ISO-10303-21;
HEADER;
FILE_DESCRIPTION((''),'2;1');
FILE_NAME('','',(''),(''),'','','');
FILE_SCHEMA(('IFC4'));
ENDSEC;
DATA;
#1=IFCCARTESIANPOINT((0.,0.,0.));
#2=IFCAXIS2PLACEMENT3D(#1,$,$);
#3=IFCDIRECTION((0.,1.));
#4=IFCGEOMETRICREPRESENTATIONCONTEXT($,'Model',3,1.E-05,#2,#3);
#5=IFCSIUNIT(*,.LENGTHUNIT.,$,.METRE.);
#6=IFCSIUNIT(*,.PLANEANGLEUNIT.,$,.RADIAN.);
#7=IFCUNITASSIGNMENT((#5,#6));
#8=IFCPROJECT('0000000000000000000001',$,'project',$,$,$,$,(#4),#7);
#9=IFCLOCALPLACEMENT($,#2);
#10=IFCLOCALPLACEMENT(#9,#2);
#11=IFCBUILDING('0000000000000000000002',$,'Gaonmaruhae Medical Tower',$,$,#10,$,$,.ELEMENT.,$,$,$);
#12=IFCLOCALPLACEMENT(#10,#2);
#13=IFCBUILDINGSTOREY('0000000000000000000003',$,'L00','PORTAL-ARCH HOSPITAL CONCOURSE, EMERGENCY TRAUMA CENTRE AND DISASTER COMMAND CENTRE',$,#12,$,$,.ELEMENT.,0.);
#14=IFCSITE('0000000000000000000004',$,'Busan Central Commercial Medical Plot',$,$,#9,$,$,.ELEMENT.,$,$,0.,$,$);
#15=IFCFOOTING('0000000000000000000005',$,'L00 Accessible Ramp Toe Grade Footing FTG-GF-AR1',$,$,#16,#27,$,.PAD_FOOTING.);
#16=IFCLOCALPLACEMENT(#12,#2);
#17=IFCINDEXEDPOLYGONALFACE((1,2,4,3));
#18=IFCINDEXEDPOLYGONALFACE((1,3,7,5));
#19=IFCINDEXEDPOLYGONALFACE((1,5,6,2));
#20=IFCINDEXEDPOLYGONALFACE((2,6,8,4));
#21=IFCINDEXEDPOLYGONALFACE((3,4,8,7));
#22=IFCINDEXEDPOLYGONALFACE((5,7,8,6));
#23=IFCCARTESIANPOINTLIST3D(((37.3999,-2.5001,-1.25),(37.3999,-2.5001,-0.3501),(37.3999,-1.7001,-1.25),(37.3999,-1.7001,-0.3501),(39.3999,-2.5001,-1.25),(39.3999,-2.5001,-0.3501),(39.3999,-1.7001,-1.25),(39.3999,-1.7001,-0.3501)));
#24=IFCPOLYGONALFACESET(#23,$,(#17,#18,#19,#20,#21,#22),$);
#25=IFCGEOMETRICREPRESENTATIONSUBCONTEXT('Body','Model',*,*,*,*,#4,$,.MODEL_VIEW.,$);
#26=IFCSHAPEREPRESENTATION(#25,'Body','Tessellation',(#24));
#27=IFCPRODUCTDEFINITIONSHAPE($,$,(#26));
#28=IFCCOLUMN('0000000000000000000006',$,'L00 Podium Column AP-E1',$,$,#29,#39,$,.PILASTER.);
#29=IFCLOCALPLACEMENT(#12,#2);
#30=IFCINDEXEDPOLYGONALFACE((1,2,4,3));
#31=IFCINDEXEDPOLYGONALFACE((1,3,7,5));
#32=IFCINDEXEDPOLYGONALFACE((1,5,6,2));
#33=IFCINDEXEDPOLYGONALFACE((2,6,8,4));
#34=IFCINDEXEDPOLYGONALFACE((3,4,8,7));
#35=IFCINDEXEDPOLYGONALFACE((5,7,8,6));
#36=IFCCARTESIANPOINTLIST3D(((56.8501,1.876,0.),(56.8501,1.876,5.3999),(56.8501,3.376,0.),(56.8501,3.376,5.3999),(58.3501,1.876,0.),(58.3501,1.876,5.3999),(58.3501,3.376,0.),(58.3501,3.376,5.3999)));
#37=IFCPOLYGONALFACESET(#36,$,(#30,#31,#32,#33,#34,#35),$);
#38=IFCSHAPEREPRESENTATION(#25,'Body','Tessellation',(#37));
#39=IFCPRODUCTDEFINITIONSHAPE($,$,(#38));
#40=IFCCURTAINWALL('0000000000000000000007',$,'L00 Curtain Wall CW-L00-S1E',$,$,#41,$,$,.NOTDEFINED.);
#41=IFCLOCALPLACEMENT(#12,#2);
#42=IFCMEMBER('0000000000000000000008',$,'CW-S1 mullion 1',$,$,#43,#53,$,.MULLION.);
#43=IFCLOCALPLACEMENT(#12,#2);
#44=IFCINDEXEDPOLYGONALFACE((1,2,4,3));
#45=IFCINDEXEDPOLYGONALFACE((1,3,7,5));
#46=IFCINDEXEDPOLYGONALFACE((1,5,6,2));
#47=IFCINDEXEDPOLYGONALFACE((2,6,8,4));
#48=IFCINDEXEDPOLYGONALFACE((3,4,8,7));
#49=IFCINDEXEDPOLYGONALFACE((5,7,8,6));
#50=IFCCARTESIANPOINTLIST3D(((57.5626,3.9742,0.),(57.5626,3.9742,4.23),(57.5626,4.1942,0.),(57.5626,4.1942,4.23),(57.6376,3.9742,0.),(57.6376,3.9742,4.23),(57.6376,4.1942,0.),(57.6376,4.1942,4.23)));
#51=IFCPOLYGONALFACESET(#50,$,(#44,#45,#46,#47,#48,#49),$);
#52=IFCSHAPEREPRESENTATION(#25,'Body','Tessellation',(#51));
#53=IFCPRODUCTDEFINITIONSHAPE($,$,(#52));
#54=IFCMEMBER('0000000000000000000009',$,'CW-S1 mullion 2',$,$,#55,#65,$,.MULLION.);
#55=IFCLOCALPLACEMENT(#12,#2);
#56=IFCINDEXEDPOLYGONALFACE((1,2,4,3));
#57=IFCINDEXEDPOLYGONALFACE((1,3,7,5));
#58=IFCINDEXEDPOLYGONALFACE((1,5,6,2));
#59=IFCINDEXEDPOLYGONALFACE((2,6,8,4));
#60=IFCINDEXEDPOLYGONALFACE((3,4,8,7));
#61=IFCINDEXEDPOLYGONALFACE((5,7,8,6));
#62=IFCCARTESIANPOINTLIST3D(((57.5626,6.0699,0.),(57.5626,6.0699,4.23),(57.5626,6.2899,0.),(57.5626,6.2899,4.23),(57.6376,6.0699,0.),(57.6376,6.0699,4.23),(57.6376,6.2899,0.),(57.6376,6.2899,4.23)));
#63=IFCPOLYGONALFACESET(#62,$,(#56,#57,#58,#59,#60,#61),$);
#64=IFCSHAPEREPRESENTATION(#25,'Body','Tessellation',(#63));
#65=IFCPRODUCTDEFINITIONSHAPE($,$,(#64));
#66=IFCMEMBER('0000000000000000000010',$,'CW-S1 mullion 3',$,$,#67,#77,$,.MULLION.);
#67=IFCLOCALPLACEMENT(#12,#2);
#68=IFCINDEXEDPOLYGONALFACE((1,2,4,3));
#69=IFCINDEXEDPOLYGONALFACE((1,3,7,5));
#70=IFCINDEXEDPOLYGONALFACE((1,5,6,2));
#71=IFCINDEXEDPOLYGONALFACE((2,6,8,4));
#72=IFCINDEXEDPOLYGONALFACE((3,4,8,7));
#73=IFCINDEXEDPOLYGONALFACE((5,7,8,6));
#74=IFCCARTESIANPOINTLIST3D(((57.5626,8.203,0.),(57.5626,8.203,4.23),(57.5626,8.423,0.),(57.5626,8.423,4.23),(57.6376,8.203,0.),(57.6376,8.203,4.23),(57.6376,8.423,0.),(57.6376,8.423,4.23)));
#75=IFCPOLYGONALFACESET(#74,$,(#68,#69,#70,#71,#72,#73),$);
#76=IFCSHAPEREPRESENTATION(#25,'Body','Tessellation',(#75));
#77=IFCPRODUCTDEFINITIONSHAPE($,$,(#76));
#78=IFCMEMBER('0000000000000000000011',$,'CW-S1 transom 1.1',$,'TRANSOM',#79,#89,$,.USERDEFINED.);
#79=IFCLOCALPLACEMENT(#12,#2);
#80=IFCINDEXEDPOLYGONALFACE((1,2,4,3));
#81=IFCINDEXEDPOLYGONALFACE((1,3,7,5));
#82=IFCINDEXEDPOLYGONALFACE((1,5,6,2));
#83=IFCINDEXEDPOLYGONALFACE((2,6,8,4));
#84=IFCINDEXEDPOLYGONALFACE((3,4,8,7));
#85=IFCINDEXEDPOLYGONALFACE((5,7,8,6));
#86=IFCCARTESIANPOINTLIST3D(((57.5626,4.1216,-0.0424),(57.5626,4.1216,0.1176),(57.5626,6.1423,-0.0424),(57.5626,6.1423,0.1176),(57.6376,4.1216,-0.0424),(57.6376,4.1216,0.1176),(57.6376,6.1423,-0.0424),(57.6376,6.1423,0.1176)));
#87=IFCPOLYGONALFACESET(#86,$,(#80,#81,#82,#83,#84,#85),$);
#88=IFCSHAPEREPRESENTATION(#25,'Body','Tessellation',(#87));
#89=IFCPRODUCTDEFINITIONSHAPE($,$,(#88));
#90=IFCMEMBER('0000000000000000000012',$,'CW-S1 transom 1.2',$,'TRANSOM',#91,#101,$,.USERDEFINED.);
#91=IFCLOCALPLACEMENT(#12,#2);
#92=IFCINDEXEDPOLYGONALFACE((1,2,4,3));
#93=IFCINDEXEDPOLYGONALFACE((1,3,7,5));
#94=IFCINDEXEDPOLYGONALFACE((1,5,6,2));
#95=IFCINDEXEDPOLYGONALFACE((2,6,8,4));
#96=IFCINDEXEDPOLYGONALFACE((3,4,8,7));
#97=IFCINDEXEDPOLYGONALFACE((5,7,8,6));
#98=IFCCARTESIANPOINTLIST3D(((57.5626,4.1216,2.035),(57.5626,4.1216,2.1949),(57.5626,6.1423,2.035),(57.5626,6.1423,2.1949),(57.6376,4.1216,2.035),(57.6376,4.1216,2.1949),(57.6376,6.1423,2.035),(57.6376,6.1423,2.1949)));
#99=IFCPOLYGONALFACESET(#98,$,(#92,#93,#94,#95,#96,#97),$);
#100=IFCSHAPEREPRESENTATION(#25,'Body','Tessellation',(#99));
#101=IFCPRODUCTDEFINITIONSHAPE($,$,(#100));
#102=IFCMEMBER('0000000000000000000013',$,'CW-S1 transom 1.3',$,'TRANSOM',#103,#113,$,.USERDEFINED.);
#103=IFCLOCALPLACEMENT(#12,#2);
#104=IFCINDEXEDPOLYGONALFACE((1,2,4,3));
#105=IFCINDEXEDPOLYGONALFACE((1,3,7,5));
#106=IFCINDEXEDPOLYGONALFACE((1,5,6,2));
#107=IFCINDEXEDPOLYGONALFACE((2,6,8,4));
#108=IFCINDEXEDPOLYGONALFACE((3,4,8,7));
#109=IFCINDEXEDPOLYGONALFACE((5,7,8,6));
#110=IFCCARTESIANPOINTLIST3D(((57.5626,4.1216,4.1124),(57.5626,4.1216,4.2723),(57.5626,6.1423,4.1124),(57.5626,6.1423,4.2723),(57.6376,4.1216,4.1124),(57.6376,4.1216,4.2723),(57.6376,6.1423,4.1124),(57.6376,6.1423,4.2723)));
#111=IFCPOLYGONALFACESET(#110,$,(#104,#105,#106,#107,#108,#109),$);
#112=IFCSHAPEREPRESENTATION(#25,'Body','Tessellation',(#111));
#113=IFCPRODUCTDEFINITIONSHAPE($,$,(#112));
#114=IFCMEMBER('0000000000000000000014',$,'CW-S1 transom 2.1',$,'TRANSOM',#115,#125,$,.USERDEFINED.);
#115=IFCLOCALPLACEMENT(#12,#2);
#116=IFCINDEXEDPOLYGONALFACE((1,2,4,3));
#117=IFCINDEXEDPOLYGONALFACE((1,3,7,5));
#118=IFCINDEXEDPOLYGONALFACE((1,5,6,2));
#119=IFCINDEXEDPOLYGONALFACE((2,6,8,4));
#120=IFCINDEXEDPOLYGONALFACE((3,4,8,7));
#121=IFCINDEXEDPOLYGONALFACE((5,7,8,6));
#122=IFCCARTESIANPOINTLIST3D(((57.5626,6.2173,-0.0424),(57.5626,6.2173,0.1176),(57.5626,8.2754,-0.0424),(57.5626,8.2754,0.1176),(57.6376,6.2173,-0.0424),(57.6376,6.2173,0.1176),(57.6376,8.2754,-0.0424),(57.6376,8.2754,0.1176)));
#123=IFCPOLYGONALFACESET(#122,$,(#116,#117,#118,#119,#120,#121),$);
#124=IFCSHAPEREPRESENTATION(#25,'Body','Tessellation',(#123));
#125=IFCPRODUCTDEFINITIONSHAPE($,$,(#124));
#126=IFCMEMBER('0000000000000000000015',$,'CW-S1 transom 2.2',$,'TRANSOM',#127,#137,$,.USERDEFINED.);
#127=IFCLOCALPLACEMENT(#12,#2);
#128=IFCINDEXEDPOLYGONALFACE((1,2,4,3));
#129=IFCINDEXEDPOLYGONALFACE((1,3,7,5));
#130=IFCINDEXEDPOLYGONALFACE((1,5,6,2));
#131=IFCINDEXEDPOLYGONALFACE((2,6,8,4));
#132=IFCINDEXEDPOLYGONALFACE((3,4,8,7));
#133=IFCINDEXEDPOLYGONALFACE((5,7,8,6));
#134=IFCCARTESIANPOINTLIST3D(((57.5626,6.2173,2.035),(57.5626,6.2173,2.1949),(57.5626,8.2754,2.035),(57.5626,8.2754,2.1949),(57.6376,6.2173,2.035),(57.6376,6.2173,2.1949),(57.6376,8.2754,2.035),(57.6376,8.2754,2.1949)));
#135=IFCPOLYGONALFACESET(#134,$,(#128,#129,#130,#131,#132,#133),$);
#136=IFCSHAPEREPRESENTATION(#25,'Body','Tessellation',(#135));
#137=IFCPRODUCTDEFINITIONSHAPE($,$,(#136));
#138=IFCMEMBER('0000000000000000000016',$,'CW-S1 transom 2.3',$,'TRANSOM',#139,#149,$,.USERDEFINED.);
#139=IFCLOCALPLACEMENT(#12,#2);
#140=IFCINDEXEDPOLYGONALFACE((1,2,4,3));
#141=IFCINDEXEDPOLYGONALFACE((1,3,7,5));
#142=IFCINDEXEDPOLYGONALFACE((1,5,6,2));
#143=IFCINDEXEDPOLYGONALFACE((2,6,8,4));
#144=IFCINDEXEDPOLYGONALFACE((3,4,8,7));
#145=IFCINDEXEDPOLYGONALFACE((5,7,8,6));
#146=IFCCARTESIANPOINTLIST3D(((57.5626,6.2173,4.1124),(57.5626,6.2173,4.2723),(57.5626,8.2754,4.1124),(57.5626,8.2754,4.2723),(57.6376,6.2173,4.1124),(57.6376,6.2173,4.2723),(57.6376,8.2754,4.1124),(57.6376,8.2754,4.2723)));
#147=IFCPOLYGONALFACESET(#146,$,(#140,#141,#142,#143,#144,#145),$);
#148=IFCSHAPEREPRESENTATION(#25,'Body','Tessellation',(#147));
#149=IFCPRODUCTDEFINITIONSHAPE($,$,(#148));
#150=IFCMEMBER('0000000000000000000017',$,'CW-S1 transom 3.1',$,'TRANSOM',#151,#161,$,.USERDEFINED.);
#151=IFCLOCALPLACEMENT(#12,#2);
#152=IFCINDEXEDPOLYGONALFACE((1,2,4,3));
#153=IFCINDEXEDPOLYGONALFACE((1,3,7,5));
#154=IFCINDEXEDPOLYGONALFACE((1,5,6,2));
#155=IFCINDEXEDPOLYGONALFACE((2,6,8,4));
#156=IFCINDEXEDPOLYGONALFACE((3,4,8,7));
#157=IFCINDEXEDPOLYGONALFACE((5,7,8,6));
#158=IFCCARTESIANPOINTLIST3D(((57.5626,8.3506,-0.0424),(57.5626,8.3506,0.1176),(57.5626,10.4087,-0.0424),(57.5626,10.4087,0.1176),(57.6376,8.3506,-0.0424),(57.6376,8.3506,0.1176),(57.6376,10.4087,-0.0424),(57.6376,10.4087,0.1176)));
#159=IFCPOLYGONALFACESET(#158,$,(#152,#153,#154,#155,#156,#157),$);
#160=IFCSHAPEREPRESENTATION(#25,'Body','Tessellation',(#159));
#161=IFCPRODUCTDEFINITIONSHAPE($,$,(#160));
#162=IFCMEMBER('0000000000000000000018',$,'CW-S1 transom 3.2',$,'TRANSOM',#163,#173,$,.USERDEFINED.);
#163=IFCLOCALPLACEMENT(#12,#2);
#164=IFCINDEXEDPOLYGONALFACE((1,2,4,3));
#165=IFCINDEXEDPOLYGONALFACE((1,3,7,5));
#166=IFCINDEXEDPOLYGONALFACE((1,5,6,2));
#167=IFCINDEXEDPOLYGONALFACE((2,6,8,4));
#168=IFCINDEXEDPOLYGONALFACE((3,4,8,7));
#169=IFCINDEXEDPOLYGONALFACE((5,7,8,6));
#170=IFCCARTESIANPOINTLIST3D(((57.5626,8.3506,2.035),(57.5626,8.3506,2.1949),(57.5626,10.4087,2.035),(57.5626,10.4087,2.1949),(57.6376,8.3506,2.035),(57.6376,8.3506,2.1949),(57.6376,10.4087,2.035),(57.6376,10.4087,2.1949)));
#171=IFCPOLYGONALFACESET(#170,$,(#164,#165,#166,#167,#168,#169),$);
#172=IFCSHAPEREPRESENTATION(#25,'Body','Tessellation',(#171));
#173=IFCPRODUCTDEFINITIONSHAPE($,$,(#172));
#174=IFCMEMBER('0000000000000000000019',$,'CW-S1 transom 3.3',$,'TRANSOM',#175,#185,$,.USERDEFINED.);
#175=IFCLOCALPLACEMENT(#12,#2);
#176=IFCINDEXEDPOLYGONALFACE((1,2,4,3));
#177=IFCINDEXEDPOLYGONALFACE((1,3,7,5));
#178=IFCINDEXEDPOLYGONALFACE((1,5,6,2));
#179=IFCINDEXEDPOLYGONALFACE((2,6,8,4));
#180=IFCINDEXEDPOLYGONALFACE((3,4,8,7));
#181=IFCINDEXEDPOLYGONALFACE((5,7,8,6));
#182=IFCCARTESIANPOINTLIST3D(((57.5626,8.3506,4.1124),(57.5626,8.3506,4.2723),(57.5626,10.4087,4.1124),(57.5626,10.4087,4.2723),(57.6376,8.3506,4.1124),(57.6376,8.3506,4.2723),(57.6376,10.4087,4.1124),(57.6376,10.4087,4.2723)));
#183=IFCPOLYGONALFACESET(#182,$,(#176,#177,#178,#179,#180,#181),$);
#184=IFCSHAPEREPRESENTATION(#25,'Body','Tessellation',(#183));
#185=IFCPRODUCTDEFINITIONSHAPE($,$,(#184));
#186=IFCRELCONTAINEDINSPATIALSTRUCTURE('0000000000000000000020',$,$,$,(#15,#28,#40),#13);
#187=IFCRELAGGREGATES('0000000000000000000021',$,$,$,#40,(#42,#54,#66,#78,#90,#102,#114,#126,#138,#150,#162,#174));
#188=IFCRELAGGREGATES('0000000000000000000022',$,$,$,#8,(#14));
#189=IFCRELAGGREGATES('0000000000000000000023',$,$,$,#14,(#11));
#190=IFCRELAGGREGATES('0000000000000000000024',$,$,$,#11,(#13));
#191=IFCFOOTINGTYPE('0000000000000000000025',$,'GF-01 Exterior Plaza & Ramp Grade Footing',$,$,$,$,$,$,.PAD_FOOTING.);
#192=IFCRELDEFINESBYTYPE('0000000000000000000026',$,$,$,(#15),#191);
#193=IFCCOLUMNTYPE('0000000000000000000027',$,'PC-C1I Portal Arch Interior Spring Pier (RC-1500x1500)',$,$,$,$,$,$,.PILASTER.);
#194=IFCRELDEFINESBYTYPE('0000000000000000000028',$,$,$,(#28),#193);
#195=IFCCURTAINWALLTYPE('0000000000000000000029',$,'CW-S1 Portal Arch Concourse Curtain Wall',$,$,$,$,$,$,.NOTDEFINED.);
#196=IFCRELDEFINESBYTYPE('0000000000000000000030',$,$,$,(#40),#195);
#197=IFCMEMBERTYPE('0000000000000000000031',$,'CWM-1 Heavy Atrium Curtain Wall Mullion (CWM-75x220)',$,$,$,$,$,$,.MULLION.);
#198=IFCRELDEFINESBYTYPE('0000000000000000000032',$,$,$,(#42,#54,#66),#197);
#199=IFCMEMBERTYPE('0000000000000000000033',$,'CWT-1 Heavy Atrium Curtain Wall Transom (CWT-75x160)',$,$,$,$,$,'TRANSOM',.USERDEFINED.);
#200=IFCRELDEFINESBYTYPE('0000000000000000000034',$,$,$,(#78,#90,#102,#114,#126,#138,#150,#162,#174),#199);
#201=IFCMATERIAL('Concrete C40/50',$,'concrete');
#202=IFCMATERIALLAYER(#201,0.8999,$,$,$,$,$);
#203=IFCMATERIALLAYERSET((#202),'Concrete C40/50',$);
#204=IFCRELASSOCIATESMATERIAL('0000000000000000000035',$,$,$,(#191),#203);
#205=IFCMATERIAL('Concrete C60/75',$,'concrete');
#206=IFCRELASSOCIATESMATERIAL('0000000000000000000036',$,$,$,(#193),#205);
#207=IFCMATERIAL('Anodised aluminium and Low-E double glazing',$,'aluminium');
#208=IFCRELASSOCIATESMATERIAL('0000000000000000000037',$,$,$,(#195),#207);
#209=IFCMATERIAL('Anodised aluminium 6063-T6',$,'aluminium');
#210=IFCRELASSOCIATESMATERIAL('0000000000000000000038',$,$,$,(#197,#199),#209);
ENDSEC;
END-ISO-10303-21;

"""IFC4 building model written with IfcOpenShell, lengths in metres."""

from ifc_helpers import new_model, si_unit, direction, frame, origin, origin_2d, place, context, subcontext, project, spatial, rectangle, extrude, material, layer, layer_set, material_profile, profile_set, type_object, element, aggregate, save


model = new_model("IFC4")

# Units and contexts
model_context = context("Model", 3, precision=1e-05, world=origin(), true_north=direction((0.0, 1.0)))
body_context = subcontext(model_context, "Body", "Model", "MODEL_VIEW")
ifc_project = project(units=[si_unit("LENGTHUNIT", "METRE"), si_unit("PLANEANGLEUNIT", "RADIAN")], contexts=[model_context])

# Site, building, storey
site_placement = place(None, origin())
site = spatial("IfcSite", under=ifc_project, at=site_placement, Name="Busan Central Commercial Medical Plot", CompositionType="ELEMENT", RefElevation=0.0)
building_placement = place(site_placement, origin())
building = spatial("IfcBuilding", under=site, at=building_placement, Name="Gaonmaruhae Medical Tower", CompositionType="ELEMENT")
storey_placement = place(building_placement, origin())
storey = spatial("IfcBuildingStorey", under=building, at=storey_placement, Name="L00", Description="PORTAL-ARCH HOSPITAL CONCOURSE, EMERGENCY TRAUMA CENTRE AND DISASTER COMMAND CENTRE", CompositionType="ELEMENT", Elevation=0.0)

# Footing
ifc_material_1 = material(Name="Concrete C40/50", Category="concrete")
ifc_layer_1 = layer(ifc_material_1, 0.8999)
ifc_layer_set_1 = layer_set([ifc_layer_1], Name="Concrete C40/50")
footing_type = type_object("IfcFootingType", Name="GF-01 Exterior Plaza & Ramp Grade Footing", PredefinedType="PAD_FOOTING", material=ifc_layer_set_1)
footing_placement = place(storey_placement, frame((38.3999, -2.1001, -1.25), z_axis=(0.0, 0.0, 1.0), x_axis=(1.0, 0.0, 0.0)))
element("IfcFooting", 1, at=footing_placement, inside=storey, type_object=footing_type, Name="L00 Accessible Ramp Toe Grade Footing FTG-GF-AR1", PredefinedType="PAD_FOOTING", context=body_context, shape_type="SweptSolid", body=[
    extrude(rectangle(XDim=2.0, YDim=0.8, at=origin_2d()), origin(), (0.0, 0.0, 1.0), 0.8999),
])

# Column
ifc_material_2 = material(Name="Concrete C60/75", Category="concrete")
ifc_material_profile_1 = material_profile(ifc_material_2, rectangle(XDim=1.5, YDim=1.5, at=origin_2d()), Name="RC-1500x1500")
ifc_profile_set_1 = profile_set([ifc_material_profile_1], Name="Concrete C60/75")
column_type = type_object("IfcColumnType", Name="PC-C1I Portal Arch Interior Spring Pier (RC-1500x1500)", PredefinedType="PILASTER", material=ifc_profile_set_1)
column_placement = place(storey_placement, frame((57.6001, 2.626, 0.0), z_axis=(0.0, 0.0, 1.0), x_axis=(1.0, 0.0, 0.0)))
element("IfcColumn", 2, at=column_placement, inside=storey, type_object=column_type, Name="L00 Podium Column AP-E1", PredefinedType="PILASTER", context=body_context, shape_type="SweptSolid", body=[
    extrude(rectangle(XDim=1.5, YDim=1.5, at=origin_2d()), origin(), (0.0, 0.0, 1.0), 5.3999),
])

# Curtain wall, members
ifc_material_3 = material(Name="Anodised aluminium and Low-E double glazing", Category="aluminium")
curtain_wall_type = type_object("IfcCurtainWallType", Name="CW-S1 Portal Arch Concourse Curtain Wall", PredefinedType="NOTDEFINED", material=ifc_material_3)
curtain_wall_placement = place(storey_placement, origin())
curtain_wall = element("IfcCurtainWall", 3, at=curtain_wall_placement, inside=storey, type_object=curtain_wall_type, Name="L00 Curtain Wall CW-L00-S1E", PredefinedType="NOTDEFINED")
ifc_material_4 = material(Name="Anodised aluminium 6063-T6", Category="aluminium")
ifc_material_profile_2 = material_profile(ifc_material_4, rectangle(XDim=0.075, YDim=0.22, at=origin_2d()), Name="CWM-75x220")
ifc_profile_set_2 = profile_set([ifc_material_profile_2], Name="Anodised aluminium 6063-T6")
member_type_1 = type_object("IfcMemberType", Name="CWM-1 Heavy Atrium Curtain Wall Mullion (CWM-75x220)", PredefinedType="MULLION", material=ifc_profile_set_2)
member_1_placement = place(storey_placement, frame((57.6001, 4.0842, 0.0), z_axis=(0.0, 0.0, 1.0), x_axis=(-1.0, 0.0, 0.0)))
member_1 = element("IfcMember", 4, at=member_1_placement, type_object=member_type_1, Name="CW-S1 mullion 1", PredefinedType="MULLION", context=body_context, shape_type="SweptSolid", body=[
    extrude(rectangle(XDim=0.075, YDim=0.22, at=origin_2d()), origin(), (0.0, 0.0, 1.0), 4.23),
])
member_2_placement = place(storey_placement, frame((57.6001, 6.1799, 0.0), z_axis=(0.0, 0.0, 1.0), x_axis=(-1.0, 0.0, 0.0)))
member_2 = element("IfcMember", 5, at=member_2_placement, type_object=member_type_1, Name="CW-S1 mullion 2", PredefinedType="MULLION", context=body_context, shape_type="SweptSolid", body=[
    extrude(rectangle(XDim=0.075, YDim=0.22, at=origin_2d()), origin(), (0.0, 0.0, 1.0), 4.23),
])
member_3_placement = place(storey_placement, frame((57.6001, 8.313, 0.0), z_axis=(0.0, 0.0, 1.0), x_axis=(-1.0, 0.0, 0.0)))
member_3 = element("IfcMember", 6, at=member_3_placement, type_object=member_type_1, Name="CW-S1 mullion 3", PredefinedType="MULLION", context=body_context, shape_type="SweptSolid", body=[
    extrude(rectangle(XDim=0.075, YDim=0.22, at=origin_2d()), origin(), (0.0, 0.0, 1.0), 4.23),
])
ifc_material_profile_3 = material_profile(ifc_material_4, rectangle(XDim=0.075, YDim=0.1599, at=origin_2d()), Name="CWT-75x160")
ifc_profile_set_3 = profile_set([ifc_material_profile_3], Name="Anodised aluminium 6063-T6")
member_type_2 = type_object("IfcMemberType", Name="CWT-1 Heavy Atrium Curtain Wall Transom (CWT-75x160)", ElementType="TRANSOM", PredefinedType="USERDEFINED", material=ifc_profile_set_3)
member_4_placement = place(storey_placement, frame((57.6001, 4.1216, 0.0376), z_axis=(0.0, 1.0, 0.0), x_axis=(-1.0, 0.0, 0.0)))
member_4 = element("IfcMember", 7, at=member_4_placement, type_object=member_type_2, Name="CW-S1 transom 1.1", ObjectType="TRANSOM", PredefinedType="USERDEFINED", context=body_context, shape_type="SweptSolid", body=[
    extrude(rectangle(XDim=0.075, YDim=0.1599, at=origin_2d()), origin(), (0.0, 0.0, 1.0), 2.0208),
])
member_5_placement = place(storey_placement, frame((57.6001, 4.1216, 2.115), z_axis=(0.0, 1.0, 0.0), x_axis=(-1.0, 0.0, 0.0)))
member_5 = element("IfcMember", 8, at=member_5_placement, type_object=member_type_2, Name="CW-S1 transom 1.2", ObjectType="TRANSOM", PredefinedType="USERDEFINED", context=body_context, shape_type="SweptSolid", body=[
    extrude(rectangle(XDim=0.075, YDim=0.1599, at=origin_2d()), origin(), (0.0, 0.0, 1.0), 2.0208),
])
member_6_placement = place(storey_placement, frame((57.6001, 4.1216, 4.1924), z_axis=(0.0, 1.0, 0.0), x_axis=(-1.0, 0.0, 0.0)))
member_6 = element("IfcMember", 9, at=member_6_placement, type_object=member_type_2, Name="CW-S1 transom 1.3", ObjectType="TRANSOM", PredefinedType="USERDEFINED", context=body_context, shape_type="SweptSolid", body=[
    extrude(rectangle(XDim=0.075, YDim=0.1599, at=origin_2d()), origin(), (0.0, 0.0, 1.0), 2.0208),
])
member_7_placement = place(storey_placement, frame((57.6001, 6.2173, 0.0376), z_axis=(0.0, 1.0, 0.0), x_axis=(-1.0, 0.0, 0.0)))
member_7 = element("IfcMember", 10, at=member_7_placement, type_object=member_type_2, Name="CW-S1 transom 2.1", ObjectType="TRANSOM", PredefinedType="USERDEFINED", context=body_context, shape_type="SweptSolid", body=[
    extrude(rectangle(XDim=0.075, YDim=0.1599, at=origin_2d()), origin(), (0.0, 0.0, 1.0), 2.0581),
])
member_8_placement = place(storey_placement, frame((57.6001, 6.2173, 2.115), z_axis=(0.0, 1.0, 0.0), x_axis=(-1.0, 0.0, 0.0)))
member_8 = element("IfcMember", 11, at=member_8_placement, type_object=member_type_2, Name="CW-S1 transom 2.2", ObjectType="TRANSOM", PredefinedType="USERDEFINED", context=body_context, shape_type="SweptSolid", body=[
    extrude(rectangle(XDim=0.075, YDim=0.1599, at=origin_2d()), origin(), (0.0, 0.0, 1.0), 2.0581),
])
member_9_placement = place(storey_placement, frame((57.6001, 6.2173, 4.1924), z_axis=(0.0, 1.0, 0.0), x_axis=(-1.0, 0.0, 0.0)))
member_9 = element("IfcMember", 12, at=member_9_placement, type_object=member_type_2, Name="CW-S1 transom 2.3", ObjectType="TRANSOM", PredefinedType="USERDEFINED", context=body_context, shape_type="SweptSolid", body=[
    extrude(rectangle(XDim=0.075, YDim=0.1599, at=origin_2d()), origin(), (0.0, 0.0, 1.0), 2.0581),
])
member_10_placement = place(storey_placement, frame((57.6001, 8.3506, 0.0376), z_axis=(0.0, 1.0, 0.0), x_axis=(-1.0, 0.0, 0.0)))
member_10 = element("IfcMember", 13, at=member_10_placement, type_object=member_type_2, Name="CW-S1 transom 3.1", ObjectType="TRANSOM", PredefinedType="USERDEFINED", context=body_context, shape_type="SweptSolid", body=[
    extrude(rectangle(XDim=0.075, YDim=0.1599, at=origin_2d()), origin(), (0.0, 0.0, 1.0), 2.0581),
])
member_11_placement = place(storey_placement, frame((57.6001, 8.3506, 2.115), z_axis=(0.0, 1.0, 0.0), x_axis=(-1.0, 0.0, 0.0)))
member_11 = element("IfcMember", 14, at=member_11_placement, type_object=member_type_2, Name="CW-S1 transom 3.2", ObjectType="TRANSOM", PredefinedType="USERDEFINED", context=body_context, shape_type="SweptSolid", body=[
    extrude(rectangle(XDim=0.075, YDim=0.1599, at=origin_2d()), origin(), (0.0, 0.0, 1.0), 2.0581),
])
member_12_placement = place(storey_placement, frame((57.6001, 8.3506, 4.1924), z_axis=(0.0, 1.0, 0.0), x_axis=(-1.0, 0.0, 0.0)))
member_12 = element("IfcMember", 15, at=member_12_placement, type_object=member_type_2, Name="CW-S1 transom 3.3", ObjectType="TRANSOM", PredefinedType="USERDEFINED", context=body_context, shape_type="SweptSolid", body=[
    extrude(rectangle(XDim=0.075, YDim=0.1599, at=origin_2d()), origin(), (0.0, 0.0, 1.0), 2.0581),
])

aggregate(curtain_wall, [member_1, member_2, member_3, member_4, member_5, member_6, member_7, member_8, member_9, member_10, member_11, member_12])

save(model, "model.ifc")
